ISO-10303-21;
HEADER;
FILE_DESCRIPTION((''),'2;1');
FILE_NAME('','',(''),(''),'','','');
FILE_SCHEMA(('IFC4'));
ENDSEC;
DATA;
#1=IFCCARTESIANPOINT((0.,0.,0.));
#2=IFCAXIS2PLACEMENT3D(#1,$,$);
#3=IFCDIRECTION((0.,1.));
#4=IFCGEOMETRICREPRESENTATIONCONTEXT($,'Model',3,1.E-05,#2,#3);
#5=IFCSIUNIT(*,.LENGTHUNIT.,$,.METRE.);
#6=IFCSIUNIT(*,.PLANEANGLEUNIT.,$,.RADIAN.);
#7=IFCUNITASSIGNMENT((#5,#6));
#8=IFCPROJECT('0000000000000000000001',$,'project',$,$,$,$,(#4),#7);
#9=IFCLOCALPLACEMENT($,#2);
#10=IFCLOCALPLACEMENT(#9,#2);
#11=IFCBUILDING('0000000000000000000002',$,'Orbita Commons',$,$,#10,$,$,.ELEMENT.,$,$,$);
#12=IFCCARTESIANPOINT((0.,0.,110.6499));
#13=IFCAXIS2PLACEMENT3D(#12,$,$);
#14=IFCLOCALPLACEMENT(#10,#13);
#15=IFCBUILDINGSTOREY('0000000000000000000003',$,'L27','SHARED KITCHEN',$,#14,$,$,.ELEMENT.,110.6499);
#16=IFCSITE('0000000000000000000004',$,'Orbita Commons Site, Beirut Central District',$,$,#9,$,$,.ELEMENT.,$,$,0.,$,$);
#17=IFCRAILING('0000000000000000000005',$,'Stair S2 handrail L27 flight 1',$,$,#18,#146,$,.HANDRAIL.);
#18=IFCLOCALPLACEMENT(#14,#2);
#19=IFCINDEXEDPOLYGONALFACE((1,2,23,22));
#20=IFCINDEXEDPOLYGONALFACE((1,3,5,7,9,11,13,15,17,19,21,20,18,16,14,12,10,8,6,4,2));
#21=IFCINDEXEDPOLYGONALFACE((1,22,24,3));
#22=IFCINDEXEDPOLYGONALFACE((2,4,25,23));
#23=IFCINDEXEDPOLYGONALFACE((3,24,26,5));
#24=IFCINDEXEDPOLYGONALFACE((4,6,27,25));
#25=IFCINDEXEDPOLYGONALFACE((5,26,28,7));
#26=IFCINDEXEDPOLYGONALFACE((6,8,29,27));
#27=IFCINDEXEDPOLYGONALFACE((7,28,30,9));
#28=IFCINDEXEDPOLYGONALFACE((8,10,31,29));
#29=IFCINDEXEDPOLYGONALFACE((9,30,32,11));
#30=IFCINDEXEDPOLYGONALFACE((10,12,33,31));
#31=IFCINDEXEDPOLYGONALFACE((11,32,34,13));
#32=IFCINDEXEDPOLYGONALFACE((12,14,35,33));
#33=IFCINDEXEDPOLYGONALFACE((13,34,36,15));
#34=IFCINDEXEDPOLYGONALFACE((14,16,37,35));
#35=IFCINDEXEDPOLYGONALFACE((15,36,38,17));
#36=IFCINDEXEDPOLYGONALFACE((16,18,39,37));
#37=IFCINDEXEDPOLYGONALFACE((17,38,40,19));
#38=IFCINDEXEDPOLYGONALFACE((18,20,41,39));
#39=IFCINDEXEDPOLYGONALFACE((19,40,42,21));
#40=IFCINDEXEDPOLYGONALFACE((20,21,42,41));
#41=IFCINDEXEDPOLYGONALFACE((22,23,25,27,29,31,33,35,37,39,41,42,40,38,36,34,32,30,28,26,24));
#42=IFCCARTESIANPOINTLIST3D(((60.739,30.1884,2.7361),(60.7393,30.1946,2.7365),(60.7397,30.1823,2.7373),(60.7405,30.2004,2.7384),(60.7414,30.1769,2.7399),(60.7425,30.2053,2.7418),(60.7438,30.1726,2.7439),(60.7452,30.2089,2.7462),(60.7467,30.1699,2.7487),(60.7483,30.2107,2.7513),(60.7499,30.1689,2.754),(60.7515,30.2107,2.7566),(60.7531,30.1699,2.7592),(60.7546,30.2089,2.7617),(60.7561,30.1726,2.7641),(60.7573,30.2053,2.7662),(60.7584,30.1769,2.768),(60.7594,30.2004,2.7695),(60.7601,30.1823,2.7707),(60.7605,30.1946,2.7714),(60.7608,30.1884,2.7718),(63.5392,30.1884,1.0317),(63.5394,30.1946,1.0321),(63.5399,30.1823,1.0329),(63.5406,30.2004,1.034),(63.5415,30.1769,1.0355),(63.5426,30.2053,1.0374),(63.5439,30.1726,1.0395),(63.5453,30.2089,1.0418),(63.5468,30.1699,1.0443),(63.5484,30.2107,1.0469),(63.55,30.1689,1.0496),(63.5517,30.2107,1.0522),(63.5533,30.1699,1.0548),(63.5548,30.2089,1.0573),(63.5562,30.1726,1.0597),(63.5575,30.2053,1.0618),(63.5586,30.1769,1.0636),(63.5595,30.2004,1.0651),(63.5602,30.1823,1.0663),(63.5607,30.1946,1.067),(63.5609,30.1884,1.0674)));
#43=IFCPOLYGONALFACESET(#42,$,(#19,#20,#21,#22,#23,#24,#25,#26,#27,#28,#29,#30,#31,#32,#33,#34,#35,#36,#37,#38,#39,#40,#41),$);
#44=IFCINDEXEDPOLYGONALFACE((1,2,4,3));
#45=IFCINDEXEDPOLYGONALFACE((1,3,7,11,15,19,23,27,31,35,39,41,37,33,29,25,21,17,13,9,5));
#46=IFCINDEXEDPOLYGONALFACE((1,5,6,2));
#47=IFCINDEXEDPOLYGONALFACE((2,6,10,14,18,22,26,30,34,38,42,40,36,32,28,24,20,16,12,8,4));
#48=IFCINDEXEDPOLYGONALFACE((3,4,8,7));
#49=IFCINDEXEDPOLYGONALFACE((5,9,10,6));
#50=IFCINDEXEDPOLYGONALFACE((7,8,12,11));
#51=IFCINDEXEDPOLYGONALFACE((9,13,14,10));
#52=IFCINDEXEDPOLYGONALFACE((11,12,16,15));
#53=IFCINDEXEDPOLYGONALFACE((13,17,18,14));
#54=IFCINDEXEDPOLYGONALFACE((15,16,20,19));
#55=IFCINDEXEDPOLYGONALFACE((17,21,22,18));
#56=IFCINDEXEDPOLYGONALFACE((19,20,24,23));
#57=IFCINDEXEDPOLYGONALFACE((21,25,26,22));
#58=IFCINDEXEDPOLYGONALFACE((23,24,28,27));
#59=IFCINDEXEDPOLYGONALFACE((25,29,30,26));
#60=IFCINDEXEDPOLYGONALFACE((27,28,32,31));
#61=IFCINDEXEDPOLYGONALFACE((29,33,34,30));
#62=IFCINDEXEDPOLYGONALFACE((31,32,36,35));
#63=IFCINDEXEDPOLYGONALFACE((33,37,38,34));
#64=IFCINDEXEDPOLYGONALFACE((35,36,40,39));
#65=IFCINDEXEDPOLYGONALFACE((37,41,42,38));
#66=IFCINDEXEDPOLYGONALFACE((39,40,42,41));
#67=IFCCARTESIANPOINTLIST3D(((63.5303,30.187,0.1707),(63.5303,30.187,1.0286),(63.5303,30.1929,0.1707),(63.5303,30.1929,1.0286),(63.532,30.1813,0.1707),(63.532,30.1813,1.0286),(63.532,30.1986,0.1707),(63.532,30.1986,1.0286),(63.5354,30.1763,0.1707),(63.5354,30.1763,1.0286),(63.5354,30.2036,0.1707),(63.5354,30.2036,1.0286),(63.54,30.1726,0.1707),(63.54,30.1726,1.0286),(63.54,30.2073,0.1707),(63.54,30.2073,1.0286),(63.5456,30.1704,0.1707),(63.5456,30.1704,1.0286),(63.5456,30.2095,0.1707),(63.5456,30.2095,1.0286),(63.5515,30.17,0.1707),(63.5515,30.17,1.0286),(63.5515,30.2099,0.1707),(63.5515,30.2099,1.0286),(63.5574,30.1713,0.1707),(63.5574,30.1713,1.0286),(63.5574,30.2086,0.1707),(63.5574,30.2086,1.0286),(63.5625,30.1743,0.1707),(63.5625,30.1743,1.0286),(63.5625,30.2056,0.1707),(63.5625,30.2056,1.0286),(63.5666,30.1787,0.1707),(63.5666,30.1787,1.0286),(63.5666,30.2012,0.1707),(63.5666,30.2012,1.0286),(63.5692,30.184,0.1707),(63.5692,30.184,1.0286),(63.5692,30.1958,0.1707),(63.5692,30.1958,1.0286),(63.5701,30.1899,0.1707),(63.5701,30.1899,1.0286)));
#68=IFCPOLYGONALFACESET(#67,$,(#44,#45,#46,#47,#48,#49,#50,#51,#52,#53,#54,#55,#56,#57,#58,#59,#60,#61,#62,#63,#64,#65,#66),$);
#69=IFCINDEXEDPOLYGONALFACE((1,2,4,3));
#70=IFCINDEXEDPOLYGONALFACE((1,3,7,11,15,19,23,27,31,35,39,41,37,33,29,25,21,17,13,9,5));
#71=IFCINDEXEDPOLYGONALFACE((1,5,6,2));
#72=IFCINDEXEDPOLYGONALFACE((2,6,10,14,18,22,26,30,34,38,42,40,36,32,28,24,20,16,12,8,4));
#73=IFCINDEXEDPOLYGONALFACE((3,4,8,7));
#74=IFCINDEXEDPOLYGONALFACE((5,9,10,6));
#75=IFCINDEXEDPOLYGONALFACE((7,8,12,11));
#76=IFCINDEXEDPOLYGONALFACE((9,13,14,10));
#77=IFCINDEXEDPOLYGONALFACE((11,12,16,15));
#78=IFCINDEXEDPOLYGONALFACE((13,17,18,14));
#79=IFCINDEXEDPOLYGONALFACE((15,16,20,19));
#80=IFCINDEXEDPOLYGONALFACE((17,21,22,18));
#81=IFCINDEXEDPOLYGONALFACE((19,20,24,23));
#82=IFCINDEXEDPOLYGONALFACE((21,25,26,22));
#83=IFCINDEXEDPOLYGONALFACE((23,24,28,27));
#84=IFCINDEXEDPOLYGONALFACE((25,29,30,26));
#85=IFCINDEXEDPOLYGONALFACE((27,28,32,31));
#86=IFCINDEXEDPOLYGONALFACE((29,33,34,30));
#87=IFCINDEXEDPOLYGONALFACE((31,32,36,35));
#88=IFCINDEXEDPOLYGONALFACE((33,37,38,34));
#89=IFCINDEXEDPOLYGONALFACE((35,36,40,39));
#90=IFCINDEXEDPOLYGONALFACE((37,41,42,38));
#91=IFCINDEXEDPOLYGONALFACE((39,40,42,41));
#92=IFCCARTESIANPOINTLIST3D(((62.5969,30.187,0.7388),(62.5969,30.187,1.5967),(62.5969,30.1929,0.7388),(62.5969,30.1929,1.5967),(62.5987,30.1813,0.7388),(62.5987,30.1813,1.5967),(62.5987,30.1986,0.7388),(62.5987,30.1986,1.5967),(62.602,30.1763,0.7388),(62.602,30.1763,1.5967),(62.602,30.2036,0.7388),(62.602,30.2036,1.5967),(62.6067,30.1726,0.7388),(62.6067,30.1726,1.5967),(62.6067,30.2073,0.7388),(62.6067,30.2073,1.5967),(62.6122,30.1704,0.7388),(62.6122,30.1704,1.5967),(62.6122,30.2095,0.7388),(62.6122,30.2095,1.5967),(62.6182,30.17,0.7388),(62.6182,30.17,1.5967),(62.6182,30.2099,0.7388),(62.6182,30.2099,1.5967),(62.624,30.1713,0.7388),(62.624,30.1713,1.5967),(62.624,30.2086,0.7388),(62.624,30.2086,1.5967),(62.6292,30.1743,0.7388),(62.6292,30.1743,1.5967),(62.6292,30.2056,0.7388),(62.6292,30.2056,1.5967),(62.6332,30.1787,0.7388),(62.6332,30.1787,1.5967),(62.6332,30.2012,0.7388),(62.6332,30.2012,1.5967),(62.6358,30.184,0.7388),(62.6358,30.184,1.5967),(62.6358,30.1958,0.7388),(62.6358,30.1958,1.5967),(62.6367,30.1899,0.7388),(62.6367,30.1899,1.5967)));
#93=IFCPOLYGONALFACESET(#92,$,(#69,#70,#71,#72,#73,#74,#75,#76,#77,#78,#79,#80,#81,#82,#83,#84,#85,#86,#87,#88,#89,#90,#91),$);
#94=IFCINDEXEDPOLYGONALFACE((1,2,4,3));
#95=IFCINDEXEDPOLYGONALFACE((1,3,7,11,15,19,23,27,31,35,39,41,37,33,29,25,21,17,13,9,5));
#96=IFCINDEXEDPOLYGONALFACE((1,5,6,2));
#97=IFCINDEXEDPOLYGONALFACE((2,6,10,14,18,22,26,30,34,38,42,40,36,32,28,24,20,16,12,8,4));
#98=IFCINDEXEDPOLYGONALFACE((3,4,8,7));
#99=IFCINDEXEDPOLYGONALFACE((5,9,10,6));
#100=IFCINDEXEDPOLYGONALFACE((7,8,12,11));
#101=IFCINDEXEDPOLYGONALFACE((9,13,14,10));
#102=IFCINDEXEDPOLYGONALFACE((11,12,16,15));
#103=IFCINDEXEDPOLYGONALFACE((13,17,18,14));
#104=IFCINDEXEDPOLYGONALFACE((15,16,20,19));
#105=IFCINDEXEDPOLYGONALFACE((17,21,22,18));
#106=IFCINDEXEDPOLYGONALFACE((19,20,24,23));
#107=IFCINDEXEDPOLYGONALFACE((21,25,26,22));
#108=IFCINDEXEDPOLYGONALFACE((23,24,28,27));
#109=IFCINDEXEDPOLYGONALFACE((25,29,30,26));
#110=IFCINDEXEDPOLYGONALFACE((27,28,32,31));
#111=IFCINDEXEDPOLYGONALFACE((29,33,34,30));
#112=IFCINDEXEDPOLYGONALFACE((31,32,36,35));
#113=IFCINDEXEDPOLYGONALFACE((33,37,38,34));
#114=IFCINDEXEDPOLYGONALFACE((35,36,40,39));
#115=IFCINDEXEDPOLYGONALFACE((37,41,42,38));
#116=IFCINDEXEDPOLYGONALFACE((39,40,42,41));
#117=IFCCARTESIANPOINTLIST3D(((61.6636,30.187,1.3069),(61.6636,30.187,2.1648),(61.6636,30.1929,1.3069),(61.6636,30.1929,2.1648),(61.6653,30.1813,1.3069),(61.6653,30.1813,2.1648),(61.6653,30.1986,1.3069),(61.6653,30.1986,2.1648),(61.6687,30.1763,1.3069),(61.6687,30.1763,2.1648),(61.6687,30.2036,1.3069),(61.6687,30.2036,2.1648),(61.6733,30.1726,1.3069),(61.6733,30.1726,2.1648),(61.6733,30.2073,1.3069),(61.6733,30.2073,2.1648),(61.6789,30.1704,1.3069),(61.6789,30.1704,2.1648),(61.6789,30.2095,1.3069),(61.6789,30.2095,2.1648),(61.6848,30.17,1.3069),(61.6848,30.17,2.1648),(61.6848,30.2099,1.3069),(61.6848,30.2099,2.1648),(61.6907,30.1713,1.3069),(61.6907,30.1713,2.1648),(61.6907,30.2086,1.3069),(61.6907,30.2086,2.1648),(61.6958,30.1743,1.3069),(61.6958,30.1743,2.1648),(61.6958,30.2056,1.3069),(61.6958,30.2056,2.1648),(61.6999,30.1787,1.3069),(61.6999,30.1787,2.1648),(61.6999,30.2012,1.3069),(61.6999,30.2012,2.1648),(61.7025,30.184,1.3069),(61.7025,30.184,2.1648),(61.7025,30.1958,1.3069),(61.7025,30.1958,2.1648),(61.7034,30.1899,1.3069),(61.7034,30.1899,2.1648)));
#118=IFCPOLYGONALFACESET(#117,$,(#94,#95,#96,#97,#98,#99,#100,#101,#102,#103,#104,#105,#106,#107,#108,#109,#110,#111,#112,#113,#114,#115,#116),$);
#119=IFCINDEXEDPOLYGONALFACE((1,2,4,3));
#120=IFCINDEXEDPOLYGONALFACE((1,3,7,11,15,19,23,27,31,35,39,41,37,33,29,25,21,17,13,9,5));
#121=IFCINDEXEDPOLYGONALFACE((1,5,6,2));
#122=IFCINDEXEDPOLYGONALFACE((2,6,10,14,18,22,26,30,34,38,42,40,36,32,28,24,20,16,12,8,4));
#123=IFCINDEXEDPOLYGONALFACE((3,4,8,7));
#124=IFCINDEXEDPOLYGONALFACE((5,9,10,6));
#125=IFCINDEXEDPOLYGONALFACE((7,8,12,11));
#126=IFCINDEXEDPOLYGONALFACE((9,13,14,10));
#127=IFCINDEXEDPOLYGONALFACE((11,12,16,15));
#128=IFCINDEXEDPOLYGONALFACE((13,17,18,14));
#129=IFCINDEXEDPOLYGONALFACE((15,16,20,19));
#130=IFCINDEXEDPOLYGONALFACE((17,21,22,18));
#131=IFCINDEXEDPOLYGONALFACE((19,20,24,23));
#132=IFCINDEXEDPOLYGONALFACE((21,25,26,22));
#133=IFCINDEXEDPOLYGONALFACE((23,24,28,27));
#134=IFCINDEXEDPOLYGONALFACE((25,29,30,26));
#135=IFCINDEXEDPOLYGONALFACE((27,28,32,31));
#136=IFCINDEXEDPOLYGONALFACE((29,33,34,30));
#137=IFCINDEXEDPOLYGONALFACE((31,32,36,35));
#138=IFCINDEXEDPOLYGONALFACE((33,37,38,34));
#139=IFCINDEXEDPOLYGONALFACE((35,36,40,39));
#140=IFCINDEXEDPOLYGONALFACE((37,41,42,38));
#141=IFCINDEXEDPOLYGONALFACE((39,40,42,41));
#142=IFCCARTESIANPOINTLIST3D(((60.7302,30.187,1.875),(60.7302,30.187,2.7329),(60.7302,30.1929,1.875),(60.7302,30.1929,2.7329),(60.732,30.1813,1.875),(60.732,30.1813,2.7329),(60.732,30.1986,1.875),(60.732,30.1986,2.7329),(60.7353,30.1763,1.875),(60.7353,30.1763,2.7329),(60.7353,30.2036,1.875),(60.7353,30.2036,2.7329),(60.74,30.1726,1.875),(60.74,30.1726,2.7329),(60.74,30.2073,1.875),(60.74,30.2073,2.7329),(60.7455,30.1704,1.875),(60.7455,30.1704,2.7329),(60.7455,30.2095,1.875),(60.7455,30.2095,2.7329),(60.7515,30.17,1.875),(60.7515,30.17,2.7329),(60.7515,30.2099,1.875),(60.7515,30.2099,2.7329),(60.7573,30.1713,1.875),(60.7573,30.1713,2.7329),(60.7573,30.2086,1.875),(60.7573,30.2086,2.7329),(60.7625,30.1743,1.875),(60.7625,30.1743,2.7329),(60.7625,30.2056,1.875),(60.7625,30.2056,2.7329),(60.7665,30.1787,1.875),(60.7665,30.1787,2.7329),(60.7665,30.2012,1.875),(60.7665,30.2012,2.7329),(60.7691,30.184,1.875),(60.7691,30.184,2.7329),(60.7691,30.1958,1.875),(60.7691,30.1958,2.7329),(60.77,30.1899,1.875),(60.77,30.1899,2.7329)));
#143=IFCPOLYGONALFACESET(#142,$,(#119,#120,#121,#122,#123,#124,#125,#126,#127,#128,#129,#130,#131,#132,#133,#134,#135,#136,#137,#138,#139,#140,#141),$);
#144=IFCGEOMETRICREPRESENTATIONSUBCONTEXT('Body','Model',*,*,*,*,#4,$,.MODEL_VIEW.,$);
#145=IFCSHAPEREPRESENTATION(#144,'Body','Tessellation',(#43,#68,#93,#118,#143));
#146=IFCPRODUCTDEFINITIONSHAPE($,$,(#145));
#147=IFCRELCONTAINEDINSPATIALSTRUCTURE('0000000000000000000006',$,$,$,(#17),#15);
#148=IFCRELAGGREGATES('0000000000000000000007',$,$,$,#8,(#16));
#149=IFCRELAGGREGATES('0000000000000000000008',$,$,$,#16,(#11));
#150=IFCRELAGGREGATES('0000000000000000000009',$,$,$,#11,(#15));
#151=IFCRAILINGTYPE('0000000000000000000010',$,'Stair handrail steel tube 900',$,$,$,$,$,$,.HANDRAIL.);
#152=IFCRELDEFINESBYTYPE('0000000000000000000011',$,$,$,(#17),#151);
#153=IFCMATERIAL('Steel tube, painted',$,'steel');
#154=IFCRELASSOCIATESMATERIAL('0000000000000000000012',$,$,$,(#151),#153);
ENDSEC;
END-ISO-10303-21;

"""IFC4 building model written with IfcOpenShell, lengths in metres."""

from ifc_helpers import new_model, si_unit, direction, frame, origin, origin_2d, place, context, subcontext, project, spatial, circle, extrude, material, type_object, element, save


model = new_model("IFC4")

# Units and contexts
model_context = context("Model", 3, precision=1e-05, world=origin(), true_north=direction((0.0, 1.0)))
body_context = subcontext(model_context, "Body", "Model", "MODEL_VIEW")
ifc_project = project(units=[si_unit("LENGTHUNIT", "METRE"), si_unit("PLANEANGLEUNIT", "RADIAN")], contexts=[model_context])

# Site, building, storey
site_placement = place(None, origin())
site = spatial("IfcSite", under=ifc_project, at=site_placement, Name="Orbita Commons Site, Beirut Central District", CompositionType="ELEMENT", RefElevation=0.0)
building_placement = place(site_placement, origin())
building = spatial("IfcBuilding", under=site, at=building_placement, Name="Orbita Commons", CompositionType="ELEMENT")
storey_placement = place(building_placement, frame((0.0, 0.0, 110.6499)))
storey = spatial("IfcBuildingStorey", under=building, at=storey_placement, Name="L27", Description="SHARED KITCHEN", CompositionType="ELEMENT", Elevation=110.6499)

# Railing
ifc_material_1 = material(Name="Steel tube, painted", Category="steel")
railing_type = type_object("IfcRailingType", Name="Stair handrail steel tube 900", PredefinedType="HANDRAIL", material=ifc_material_1)
for number, where, name in (
    (1, (63.55, 30.1899, 0.1707), "Stair S2 handrail L27 flight 1"),
):
    element("IfcRailing", number, at=place(storey_placement, frame(where)), inside=storey, type_object=railing_type, Name=name, PredefinedType="HANDRAIL", context=body_context, shape_type="SweptSolid", body=[
        extrude(circle(Radius=0.021, at=origin_2d()), frame((0.0, 0.0, 0.8789), z_axis=(-0.854203, 0.0, 0.51994), x_axis=(0.0, -1.0, 0.0)), (0.0, 0.0, 1.0), 3.2781),
        extrude(circle(Radius=0.02, at=origin_2d()), origin(), (0.0, 0.0, 1.0), 0.8579),
        extrude(circle(Radius=0.02, at=origin_2d()), frame((-0.9333, 0.0, 0.5681)), (0.0, 0.0, 1.0), 0.8579),
        extrude(circle(Radius=0.02, at=origin_2d()), frame((-1.8667, 0.0, 1.1362)), (0.0, 0.0, 1.0), 0.8579),
        extrude(circle(Radius=0.02, at=origin_2d()), frame((-2.8, 0.0, 1.7043)), (0.0, 0.0, 1.0), 0.8579),
    ])

save(model, "model.ifc")
